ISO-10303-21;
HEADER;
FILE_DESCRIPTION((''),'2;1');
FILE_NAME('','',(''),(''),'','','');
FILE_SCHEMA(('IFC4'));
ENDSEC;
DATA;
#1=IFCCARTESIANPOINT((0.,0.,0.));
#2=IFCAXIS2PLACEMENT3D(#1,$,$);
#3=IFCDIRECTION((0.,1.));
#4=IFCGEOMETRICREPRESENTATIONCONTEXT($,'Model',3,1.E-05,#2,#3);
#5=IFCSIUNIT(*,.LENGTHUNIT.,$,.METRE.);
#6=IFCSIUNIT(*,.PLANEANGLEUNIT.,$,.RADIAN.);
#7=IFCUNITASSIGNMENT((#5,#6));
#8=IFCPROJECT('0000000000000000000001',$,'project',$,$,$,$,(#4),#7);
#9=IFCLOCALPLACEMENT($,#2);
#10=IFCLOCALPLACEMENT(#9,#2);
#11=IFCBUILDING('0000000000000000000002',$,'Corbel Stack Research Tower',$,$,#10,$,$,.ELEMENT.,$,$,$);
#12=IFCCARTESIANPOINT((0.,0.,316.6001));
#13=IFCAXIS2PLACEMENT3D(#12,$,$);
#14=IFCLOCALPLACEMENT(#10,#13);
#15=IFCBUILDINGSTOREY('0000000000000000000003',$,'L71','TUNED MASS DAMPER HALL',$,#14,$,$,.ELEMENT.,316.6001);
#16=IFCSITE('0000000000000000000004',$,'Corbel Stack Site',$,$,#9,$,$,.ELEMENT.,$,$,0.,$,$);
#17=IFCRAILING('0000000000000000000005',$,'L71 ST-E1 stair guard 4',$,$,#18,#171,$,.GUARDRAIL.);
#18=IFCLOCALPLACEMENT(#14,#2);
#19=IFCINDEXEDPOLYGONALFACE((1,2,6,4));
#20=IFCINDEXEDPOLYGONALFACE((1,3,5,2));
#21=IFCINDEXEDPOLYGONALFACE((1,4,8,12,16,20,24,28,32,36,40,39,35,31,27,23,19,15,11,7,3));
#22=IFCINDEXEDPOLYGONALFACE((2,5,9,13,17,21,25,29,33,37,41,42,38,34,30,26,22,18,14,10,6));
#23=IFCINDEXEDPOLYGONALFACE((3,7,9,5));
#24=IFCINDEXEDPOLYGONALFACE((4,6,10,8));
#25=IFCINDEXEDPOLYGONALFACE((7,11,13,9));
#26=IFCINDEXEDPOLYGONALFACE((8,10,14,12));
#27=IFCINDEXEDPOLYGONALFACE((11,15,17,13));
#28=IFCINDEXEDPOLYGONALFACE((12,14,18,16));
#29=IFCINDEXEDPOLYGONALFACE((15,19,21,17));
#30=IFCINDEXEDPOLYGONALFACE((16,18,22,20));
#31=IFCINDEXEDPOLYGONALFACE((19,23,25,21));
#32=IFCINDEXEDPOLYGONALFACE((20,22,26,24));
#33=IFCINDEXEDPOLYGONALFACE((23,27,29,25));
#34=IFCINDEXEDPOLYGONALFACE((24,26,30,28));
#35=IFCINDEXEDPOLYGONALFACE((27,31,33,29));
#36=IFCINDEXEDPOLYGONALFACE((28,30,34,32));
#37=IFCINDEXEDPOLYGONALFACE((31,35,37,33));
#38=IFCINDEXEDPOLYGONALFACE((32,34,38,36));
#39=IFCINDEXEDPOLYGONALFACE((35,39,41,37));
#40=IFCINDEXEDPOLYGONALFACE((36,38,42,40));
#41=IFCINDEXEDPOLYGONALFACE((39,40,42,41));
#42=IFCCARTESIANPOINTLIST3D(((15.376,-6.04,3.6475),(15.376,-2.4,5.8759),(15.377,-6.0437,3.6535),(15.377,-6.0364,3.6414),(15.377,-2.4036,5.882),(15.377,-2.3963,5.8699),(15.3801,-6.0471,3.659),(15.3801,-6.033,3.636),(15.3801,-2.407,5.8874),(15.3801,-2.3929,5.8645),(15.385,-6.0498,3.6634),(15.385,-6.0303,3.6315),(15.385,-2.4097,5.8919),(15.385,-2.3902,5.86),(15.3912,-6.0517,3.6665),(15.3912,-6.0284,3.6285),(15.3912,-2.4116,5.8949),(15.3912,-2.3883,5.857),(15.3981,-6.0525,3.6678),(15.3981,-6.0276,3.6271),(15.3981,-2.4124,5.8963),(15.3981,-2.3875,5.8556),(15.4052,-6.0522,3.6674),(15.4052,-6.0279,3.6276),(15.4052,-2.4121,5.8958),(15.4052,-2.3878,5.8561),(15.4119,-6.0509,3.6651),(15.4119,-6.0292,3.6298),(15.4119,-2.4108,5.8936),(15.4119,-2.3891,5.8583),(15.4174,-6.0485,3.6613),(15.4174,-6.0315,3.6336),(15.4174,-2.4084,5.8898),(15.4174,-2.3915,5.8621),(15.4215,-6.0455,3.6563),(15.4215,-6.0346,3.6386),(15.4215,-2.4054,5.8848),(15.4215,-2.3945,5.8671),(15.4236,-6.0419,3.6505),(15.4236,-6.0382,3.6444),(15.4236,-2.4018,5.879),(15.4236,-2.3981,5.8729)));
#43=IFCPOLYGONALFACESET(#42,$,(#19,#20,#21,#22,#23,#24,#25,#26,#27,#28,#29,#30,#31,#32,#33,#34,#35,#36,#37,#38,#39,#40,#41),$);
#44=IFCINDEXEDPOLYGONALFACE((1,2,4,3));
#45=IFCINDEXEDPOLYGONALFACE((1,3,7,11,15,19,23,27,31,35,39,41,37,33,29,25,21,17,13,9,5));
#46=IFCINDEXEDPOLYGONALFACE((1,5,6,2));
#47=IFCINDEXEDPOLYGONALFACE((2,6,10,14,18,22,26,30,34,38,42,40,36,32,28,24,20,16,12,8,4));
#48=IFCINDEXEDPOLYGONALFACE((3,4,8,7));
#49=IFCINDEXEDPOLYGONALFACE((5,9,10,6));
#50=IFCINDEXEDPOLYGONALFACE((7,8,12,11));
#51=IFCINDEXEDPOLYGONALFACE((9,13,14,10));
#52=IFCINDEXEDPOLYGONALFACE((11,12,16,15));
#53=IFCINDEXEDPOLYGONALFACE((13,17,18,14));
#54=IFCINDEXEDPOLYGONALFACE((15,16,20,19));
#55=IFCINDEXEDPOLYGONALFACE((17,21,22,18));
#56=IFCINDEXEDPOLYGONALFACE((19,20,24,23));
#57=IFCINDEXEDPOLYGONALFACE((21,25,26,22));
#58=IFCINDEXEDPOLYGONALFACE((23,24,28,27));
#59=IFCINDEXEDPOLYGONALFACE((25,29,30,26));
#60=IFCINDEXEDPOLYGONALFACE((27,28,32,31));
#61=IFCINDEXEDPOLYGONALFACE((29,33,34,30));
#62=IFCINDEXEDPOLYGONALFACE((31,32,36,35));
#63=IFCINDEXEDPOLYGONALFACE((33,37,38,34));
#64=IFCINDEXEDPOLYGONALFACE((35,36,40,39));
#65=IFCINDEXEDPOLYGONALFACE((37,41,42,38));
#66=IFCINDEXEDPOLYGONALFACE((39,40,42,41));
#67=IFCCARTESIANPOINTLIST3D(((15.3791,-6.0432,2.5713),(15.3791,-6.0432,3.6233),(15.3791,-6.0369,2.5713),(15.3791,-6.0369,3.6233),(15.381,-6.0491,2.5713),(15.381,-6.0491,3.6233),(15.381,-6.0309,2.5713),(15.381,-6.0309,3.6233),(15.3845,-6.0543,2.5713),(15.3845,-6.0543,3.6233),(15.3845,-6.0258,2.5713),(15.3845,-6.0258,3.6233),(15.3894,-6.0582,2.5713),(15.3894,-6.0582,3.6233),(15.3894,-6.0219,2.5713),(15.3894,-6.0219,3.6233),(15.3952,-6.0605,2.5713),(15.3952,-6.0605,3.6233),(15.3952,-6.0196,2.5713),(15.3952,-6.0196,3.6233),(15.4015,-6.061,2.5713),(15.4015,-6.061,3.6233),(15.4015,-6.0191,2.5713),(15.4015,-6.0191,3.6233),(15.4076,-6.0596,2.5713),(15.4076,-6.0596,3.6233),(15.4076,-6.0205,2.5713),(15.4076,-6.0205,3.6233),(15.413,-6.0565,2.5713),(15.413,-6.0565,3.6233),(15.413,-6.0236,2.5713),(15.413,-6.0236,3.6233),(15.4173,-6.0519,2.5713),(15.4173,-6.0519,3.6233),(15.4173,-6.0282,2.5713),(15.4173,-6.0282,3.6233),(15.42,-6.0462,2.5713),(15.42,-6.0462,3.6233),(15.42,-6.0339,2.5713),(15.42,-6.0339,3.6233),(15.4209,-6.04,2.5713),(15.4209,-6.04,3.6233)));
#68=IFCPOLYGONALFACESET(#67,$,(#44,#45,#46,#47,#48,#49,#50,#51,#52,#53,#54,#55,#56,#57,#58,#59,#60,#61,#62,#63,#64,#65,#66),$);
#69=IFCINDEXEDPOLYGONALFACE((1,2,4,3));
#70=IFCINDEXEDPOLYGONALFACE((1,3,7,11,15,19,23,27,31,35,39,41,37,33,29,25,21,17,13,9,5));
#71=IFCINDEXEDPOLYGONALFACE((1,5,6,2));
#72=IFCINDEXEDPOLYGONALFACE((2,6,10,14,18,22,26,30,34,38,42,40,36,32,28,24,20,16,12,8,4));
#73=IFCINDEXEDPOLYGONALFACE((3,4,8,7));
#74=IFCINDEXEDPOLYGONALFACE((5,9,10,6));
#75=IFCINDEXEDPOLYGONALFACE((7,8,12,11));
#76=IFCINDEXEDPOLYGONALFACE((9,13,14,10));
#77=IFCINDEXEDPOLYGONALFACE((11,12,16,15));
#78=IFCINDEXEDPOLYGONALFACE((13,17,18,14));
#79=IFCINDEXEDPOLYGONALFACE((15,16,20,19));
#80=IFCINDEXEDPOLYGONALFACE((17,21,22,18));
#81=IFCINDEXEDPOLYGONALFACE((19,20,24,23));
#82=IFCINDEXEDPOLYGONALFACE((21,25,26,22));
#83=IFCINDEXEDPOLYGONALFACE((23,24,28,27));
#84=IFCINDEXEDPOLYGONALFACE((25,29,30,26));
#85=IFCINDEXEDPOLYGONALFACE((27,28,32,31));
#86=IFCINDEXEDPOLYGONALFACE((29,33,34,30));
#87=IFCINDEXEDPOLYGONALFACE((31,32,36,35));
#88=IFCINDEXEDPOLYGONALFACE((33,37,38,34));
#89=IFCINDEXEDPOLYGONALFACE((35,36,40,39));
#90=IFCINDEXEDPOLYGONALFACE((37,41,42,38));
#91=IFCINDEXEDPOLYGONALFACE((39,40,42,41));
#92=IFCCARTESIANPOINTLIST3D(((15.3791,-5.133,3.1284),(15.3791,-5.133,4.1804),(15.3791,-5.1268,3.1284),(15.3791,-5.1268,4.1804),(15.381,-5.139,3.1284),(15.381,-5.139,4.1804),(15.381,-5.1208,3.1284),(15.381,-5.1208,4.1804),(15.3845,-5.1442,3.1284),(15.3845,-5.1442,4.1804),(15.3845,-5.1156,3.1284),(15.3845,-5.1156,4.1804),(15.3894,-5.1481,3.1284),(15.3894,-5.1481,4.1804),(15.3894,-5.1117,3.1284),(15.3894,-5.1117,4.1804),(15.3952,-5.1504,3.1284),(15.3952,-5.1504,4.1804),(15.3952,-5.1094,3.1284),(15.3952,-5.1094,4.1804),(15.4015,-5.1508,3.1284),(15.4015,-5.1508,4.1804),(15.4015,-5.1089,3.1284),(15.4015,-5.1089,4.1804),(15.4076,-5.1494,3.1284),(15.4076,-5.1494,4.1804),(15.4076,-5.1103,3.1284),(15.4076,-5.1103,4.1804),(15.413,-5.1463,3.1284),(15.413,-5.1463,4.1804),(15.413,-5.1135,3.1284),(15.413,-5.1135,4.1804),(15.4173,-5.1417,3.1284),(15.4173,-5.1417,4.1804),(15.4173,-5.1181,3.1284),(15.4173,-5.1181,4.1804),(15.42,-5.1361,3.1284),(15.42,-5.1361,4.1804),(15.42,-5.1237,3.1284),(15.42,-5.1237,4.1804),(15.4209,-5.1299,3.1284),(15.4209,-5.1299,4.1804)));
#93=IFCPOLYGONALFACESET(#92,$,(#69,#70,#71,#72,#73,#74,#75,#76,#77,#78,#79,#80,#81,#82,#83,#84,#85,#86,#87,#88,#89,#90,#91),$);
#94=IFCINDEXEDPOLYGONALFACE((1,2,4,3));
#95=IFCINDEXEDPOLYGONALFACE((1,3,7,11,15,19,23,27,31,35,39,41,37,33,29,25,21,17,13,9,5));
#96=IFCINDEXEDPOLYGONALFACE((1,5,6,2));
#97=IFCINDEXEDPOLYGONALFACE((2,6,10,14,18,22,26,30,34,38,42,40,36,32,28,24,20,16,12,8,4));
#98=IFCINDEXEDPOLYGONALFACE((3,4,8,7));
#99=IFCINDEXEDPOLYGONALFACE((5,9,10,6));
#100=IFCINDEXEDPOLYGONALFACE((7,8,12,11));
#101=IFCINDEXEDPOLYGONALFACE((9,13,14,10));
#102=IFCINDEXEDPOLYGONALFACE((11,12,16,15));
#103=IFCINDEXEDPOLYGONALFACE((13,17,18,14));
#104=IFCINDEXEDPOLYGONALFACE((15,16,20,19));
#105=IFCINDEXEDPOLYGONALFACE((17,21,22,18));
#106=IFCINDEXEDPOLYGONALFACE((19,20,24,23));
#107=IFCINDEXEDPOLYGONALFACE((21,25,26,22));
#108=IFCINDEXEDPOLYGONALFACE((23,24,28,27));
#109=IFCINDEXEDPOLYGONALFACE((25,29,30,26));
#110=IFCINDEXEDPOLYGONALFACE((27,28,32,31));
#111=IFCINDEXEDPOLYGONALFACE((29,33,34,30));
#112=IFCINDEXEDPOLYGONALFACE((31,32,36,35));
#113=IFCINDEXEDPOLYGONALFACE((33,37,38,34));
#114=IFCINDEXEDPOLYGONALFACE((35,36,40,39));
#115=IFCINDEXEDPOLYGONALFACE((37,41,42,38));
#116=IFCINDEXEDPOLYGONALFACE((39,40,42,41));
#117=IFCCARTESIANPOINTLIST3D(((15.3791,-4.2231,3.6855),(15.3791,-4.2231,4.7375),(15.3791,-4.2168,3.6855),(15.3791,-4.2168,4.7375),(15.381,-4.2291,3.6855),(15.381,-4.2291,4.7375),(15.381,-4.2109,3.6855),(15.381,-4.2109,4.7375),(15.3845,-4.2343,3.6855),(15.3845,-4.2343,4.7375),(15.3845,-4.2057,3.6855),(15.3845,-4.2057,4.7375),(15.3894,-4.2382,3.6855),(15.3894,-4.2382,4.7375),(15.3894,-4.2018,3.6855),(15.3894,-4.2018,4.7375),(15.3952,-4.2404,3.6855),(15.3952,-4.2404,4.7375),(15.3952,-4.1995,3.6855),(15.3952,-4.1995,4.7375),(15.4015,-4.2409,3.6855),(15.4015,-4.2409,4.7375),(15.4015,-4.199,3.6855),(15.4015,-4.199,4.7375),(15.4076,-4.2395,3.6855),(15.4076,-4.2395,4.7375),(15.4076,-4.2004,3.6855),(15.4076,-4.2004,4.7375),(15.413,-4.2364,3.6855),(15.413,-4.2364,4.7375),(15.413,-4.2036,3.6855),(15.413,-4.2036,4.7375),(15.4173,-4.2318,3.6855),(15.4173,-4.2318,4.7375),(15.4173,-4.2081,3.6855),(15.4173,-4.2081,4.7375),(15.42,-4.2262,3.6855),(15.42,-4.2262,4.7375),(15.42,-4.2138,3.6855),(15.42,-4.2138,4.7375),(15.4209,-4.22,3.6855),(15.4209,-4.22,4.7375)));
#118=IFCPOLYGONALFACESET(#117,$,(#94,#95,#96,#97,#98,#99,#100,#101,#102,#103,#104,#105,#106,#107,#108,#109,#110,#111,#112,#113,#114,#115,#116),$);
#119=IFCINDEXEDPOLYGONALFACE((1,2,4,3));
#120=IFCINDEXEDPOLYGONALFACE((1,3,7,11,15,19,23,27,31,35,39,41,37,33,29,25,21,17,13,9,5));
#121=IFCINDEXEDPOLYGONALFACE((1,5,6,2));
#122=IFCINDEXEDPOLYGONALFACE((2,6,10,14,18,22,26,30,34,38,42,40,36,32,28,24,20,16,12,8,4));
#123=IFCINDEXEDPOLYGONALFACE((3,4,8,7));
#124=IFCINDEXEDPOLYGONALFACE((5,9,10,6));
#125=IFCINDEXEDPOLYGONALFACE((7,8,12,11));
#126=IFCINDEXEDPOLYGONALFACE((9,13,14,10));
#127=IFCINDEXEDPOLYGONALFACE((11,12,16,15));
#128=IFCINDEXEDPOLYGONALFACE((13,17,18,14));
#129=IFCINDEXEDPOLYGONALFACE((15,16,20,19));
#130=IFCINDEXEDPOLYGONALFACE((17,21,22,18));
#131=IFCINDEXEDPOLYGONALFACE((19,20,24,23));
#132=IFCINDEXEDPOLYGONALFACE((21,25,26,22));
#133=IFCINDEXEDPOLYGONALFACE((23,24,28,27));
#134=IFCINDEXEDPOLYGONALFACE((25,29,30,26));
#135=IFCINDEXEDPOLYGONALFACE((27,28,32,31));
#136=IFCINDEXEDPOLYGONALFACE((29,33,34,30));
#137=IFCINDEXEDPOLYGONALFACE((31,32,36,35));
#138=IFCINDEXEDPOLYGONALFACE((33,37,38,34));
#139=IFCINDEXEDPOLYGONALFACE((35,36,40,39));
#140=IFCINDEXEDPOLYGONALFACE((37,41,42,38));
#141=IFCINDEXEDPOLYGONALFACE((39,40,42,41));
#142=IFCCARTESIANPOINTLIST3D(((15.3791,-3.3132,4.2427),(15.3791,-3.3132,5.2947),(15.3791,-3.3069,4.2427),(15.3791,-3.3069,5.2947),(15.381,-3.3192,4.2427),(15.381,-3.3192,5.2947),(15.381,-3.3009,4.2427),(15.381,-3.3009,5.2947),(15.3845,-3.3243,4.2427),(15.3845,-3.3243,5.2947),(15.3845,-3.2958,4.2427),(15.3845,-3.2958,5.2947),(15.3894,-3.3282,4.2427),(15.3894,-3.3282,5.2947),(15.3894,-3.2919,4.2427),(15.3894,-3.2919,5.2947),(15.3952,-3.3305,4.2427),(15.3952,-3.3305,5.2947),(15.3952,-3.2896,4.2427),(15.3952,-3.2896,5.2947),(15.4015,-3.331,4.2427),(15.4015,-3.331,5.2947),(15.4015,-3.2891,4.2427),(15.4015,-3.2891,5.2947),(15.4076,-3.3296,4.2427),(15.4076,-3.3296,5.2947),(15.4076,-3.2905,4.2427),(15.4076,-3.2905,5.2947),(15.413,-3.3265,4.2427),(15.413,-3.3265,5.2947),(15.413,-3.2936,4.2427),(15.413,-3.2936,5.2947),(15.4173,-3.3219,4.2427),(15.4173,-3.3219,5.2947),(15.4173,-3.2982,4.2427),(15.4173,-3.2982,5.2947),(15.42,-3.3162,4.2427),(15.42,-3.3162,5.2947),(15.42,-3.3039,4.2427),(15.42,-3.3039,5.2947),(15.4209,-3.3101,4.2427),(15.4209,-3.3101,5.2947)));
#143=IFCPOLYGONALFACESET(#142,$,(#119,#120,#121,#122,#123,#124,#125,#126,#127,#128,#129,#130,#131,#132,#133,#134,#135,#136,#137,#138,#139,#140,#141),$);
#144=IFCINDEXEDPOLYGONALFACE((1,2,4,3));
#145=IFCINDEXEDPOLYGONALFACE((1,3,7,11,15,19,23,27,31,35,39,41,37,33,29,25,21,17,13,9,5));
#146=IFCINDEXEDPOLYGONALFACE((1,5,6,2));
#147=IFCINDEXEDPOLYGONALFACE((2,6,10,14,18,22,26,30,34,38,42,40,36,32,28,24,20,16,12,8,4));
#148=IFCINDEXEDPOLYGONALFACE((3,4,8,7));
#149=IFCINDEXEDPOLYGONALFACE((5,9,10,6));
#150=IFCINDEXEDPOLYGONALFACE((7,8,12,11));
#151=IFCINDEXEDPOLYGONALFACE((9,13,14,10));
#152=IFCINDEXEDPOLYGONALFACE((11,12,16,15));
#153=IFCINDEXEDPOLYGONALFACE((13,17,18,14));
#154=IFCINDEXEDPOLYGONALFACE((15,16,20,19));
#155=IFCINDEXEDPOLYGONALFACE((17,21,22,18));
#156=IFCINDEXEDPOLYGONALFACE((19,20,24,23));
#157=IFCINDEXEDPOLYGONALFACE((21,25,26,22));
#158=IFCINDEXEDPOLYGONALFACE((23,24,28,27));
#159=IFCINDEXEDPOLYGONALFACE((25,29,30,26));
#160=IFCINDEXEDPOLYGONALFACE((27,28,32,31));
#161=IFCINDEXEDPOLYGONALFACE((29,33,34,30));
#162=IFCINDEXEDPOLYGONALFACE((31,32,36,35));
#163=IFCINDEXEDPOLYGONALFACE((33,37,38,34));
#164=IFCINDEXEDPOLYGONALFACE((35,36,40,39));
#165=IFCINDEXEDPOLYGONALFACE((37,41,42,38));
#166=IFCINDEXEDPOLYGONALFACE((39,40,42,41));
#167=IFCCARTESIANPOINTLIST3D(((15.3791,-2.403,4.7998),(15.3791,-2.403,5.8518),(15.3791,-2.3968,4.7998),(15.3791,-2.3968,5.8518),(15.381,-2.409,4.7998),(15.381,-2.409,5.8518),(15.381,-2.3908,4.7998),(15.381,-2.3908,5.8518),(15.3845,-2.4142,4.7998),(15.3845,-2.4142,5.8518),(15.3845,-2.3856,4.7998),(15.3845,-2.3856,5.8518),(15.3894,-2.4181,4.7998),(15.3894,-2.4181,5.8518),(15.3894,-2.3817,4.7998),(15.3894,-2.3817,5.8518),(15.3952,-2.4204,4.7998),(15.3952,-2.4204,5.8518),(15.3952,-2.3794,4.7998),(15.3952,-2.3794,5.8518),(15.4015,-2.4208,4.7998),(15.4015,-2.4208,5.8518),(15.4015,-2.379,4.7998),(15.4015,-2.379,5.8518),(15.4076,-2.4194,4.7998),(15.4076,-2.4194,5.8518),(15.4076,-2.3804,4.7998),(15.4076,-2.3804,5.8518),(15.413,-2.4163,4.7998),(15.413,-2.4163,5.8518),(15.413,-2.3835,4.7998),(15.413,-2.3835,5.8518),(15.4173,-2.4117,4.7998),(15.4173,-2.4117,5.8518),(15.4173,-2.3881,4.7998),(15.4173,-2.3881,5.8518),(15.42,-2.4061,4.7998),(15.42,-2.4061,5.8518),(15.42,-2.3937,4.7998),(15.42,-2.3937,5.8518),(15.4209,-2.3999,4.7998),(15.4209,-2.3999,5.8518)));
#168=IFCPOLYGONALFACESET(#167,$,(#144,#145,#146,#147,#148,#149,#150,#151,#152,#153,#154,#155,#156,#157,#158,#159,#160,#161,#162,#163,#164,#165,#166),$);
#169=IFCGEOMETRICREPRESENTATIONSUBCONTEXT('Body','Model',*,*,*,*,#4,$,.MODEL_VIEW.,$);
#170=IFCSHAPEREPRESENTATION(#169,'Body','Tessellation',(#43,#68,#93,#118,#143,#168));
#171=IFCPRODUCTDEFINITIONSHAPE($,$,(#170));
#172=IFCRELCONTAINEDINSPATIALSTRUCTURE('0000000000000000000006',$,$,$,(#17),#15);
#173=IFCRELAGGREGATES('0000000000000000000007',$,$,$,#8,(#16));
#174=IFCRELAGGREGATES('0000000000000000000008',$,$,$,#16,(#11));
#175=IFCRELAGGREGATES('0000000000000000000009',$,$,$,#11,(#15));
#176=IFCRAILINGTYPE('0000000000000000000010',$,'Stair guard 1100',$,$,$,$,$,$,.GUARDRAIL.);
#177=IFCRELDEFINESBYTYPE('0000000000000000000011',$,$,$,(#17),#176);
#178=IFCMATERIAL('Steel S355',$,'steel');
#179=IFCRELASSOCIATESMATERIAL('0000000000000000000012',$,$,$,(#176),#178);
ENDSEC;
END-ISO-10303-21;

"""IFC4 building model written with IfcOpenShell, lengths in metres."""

from ifc_helpers import new_model, si_unit, direction, frame, origin, origin_2d, place, context, subcontext, project, spatial, circle, extrude, material, type_object, element, save


model = new_model("IFC4")

# Units and contexts
model_context = context("Model", 3, precision=1e-05, world=origin(), true_north=direction((0.0, 1.0)))
body_context = subcontext(model_context, "Body", "Model", "MODEL_VIEW")
ifc_project = project(units=[si_unit("LENGTHUNIT", "METRE"), si_unit("PLANEANGLEUNIT", "RADIAN")], contexts=[model_context])

# Site, building, storey
site_placement = place(None, origin())
site = spatial("IfcSite", under=ifc_project, at=site_placement, Name="Corbel Stack Site", CompositionType="ELEMENT", RefElevation=0.0)
building_placement = place(site_placement, origin())
building = spatial("IfcBuilding", under=site, at=building_placement, Name="Corbel Stack Research Tower", CompositionType="ELEMENT")
storey_placement = place(building_placement, frame((0.0, 0.0, 316.6001)))
storey = spatial("IfcBuildingStorey", under=building, at=storey_placement, Name="L71", Description="TUNED MASS DAMPER HALL", CompositionType="ELEMENT", Elevation=316.6001)

# Railing
ifc_material_1 = material(Name="Steel S355", Category="steel")
railing_type_1 = type_object("IfcRailingType", Name="Stair guard 1100", PredefinedType="GUARDRAIL", material=ifc_material_1)
railing_1_placement = place(storey_placement, frame((15.3999, -6.04, 2.5713)))
element("IfcRailing", 1, at=railing_1_placement, inside=storey, type_object=railing_type_1, Name="L71 ST-E1 stair guard 4", PredefinedType="GUARDRAIL", context=body_context, shape_type="SweptSolid", body=[
    extrude(circle(Radius=0.0239, at=origin_2d()), frame((0.0, 0.0, 1.0762), z_axis=(0.0, 0.852866, 0.52213), x_axis=(-1.0, 0.0, 0.0)), (0.0, 0.0, 1.0), 4.2681),
    extrude(circle(Radius=0.021, at=origin_2d()), origin(), (0.0, 0.0, 1.0), 1.052),
    extrude(circle(Radius=0.021, at=origin_2d()), frame((0.0, 0.9102, 0.5571)), (0.0, 0.0, 1.0), 1.052),
    extrude(circle(Radius=0.021, at=origin_2d()), frame((0.0, 1.8201, 1.1143)), (0.0, 0.0, 1.0), 1.052),
    extrude(circle(Radius=0.021, at=origin_2d()), frame((0.0, 2.73, 1.6714)), (0.0, 0.0, 1.0), 1.052),
    extrude(circle(Radius=0.021, at=origin_2d()), frame((0.0, 3.6401, 2.2285)), (0.0, 0.0, 1.0), 1.052),
])

save(model, "model.ifc")
